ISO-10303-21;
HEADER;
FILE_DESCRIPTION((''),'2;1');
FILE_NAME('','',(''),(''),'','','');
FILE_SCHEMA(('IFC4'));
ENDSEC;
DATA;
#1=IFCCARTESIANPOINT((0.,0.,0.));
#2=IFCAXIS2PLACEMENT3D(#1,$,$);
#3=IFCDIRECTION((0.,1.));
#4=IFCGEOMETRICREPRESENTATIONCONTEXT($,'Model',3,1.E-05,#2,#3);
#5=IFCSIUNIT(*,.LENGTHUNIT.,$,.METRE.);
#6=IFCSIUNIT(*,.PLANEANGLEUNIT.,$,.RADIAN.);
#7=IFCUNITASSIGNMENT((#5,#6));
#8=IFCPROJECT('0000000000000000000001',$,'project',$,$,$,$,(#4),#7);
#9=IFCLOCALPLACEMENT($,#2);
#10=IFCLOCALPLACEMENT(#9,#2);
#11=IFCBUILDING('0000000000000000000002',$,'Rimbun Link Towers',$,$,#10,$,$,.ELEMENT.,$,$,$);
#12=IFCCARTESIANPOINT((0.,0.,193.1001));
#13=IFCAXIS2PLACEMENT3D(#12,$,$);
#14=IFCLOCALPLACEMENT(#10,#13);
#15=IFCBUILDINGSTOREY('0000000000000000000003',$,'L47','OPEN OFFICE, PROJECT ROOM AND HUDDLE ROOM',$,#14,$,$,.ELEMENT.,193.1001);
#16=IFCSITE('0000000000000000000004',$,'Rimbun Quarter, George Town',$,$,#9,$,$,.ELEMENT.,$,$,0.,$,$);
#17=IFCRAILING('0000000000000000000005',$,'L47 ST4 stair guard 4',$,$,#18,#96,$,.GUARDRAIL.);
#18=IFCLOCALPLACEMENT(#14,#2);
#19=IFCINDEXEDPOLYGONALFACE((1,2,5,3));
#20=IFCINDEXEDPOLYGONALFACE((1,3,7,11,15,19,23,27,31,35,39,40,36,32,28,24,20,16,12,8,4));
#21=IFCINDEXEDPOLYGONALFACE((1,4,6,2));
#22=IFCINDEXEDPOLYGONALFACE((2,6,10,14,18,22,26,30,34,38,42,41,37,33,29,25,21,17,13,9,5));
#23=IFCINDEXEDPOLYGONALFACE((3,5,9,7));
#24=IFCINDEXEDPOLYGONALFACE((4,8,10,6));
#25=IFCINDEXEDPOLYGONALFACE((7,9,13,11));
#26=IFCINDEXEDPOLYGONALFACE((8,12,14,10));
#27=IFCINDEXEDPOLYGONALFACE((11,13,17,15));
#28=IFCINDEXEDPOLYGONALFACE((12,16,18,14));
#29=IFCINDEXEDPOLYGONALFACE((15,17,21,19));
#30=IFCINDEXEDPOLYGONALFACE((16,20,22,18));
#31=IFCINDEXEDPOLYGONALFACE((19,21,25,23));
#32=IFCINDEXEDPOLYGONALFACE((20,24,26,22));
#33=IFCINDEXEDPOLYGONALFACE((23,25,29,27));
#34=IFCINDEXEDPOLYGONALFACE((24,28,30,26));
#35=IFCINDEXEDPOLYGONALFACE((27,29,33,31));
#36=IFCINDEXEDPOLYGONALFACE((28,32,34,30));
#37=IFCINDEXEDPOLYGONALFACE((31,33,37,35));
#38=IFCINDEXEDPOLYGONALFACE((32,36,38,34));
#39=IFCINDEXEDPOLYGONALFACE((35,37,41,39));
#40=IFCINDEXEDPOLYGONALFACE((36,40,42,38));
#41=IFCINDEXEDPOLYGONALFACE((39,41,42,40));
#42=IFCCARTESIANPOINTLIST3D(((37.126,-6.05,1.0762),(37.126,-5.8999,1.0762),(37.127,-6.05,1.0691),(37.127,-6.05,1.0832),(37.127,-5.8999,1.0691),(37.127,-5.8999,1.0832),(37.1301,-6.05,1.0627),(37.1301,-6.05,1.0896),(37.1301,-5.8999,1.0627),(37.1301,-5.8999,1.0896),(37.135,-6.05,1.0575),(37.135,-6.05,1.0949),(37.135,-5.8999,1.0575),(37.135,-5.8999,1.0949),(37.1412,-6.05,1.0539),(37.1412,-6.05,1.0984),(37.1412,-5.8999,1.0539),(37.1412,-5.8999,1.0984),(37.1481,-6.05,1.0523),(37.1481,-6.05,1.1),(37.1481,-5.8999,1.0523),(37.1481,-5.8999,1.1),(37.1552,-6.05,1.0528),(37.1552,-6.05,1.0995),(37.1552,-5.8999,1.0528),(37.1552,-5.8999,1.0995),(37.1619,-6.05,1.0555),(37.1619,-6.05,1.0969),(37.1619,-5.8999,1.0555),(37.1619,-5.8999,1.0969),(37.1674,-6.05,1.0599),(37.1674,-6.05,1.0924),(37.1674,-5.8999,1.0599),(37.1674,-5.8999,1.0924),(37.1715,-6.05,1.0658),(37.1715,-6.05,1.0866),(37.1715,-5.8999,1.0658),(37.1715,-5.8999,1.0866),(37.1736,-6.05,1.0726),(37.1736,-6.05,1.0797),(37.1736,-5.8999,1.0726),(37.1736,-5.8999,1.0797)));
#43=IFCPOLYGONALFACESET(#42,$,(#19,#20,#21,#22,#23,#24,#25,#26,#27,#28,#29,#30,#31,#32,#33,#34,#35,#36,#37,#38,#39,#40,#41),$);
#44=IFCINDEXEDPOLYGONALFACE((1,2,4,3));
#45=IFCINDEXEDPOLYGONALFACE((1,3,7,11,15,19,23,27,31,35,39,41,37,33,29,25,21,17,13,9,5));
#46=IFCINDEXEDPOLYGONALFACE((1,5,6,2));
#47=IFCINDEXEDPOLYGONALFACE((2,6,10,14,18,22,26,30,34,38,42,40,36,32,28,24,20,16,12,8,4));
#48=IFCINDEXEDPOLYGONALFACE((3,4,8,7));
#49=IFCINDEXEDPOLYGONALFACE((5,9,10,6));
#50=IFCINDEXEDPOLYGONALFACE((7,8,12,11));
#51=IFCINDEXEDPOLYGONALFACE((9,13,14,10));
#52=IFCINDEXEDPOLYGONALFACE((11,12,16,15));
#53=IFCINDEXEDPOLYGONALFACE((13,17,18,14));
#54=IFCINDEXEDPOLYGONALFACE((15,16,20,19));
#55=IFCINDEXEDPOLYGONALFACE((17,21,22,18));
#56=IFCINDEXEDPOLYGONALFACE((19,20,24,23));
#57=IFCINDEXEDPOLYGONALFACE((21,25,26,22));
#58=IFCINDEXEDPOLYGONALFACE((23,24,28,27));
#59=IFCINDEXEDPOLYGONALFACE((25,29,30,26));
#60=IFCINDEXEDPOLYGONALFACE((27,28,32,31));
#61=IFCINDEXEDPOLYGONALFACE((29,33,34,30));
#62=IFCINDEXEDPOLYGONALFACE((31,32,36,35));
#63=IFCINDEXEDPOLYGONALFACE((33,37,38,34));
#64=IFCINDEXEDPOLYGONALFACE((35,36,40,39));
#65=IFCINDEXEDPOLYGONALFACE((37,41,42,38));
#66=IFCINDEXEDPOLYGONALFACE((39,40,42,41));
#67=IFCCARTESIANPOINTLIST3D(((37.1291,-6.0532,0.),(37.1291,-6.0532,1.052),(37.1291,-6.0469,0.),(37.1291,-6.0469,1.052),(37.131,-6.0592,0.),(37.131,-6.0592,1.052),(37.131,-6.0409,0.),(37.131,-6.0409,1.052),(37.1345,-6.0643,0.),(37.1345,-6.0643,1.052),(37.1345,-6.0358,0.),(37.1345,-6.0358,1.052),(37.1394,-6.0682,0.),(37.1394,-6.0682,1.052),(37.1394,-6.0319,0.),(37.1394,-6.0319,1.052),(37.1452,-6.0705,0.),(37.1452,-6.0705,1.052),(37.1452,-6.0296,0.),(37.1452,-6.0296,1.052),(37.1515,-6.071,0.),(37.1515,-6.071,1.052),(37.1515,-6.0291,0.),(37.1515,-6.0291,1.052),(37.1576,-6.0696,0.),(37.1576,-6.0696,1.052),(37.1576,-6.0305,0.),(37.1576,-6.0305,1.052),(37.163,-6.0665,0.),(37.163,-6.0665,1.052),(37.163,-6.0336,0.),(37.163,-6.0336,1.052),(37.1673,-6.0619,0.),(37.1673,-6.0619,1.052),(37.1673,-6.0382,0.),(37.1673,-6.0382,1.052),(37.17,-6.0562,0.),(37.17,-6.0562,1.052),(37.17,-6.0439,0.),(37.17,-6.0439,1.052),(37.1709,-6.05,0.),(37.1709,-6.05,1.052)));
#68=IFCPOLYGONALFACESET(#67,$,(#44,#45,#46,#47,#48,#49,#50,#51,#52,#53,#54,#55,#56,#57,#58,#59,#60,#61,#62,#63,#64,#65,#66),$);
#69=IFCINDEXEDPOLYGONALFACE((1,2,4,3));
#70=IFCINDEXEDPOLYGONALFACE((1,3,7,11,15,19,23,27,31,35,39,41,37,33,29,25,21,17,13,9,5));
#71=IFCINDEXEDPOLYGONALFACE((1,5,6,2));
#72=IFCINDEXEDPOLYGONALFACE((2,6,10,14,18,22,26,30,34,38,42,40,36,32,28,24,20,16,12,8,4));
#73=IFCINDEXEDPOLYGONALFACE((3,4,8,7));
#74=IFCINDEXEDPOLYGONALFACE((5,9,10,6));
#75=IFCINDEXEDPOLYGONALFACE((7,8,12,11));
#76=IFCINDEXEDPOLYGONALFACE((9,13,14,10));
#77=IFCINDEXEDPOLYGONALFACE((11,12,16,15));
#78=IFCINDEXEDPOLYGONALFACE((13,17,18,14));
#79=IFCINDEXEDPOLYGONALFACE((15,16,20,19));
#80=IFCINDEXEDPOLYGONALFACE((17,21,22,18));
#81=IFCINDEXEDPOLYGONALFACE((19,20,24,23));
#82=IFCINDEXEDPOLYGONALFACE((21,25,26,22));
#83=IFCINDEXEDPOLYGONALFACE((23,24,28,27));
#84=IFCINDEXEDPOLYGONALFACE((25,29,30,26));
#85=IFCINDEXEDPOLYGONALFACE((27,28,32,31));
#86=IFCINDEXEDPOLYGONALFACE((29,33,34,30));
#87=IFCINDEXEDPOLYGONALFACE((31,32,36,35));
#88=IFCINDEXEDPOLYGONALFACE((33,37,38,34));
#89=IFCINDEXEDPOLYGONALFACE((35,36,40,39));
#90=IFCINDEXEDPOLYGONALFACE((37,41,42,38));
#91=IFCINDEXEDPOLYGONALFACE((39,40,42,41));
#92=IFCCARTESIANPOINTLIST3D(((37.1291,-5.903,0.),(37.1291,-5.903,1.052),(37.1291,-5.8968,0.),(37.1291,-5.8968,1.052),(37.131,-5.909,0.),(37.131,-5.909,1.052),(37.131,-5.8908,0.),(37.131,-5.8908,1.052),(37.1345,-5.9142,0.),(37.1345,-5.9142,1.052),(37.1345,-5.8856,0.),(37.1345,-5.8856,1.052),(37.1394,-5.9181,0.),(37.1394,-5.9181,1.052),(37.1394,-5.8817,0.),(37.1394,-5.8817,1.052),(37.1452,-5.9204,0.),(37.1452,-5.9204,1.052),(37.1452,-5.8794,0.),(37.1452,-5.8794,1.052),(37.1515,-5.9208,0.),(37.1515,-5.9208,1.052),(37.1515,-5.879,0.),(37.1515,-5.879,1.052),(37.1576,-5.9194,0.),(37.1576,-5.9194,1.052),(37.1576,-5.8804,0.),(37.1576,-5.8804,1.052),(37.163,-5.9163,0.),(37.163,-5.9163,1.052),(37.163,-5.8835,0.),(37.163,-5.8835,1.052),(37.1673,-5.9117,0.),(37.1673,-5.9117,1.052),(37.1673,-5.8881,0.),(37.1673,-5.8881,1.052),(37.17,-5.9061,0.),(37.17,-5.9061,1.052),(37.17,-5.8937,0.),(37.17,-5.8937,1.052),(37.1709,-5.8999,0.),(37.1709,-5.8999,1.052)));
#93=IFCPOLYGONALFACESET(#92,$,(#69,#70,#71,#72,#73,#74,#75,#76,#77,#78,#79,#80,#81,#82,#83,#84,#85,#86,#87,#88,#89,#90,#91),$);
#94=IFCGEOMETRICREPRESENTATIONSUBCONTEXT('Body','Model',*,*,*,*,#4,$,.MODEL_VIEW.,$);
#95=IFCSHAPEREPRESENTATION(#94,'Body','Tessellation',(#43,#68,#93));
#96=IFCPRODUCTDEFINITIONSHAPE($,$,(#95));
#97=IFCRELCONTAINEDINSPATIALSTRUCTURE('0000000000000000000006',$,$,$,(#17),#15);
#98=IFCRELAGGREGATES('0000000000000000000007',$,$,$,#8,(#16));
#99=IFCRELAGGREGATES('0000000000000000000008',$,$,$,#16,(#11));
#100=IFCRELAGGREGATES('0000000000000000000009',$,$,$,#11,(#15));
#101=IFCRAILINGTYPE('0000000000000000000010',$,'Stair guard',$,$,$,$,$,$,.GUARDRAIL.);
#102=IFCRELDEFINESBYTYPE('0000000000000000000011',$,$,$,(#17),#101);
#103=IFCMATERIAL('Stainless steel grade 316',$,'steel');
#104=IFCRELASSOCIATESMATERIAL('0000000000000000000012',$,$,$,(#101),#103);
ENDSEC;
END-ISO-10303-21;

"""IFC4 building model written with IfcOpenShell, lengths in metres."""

from ifc_helpers import new_model, si_unit, direction, frame, origin, origin_2d, place, context, subcontext, project, spatial, circle, extrude, material, type_object, element, save


model = new_model("IFC4")

# Units and contexts
model_context = context("Model", 3, precision=1e-05, world=origin(), true_north=direction((0.0, 1.0)))
body_context = subcontext(model_context, "Body", "Model", "MODEL_VIEW")
ifc_project = project(units=[si_unit("LENGTHUNIT", "METRE"), si_unit("PLANEANGLEUNIT", "RADIAN")], contexts=[model_context])

# Site, building, storey
site_placement = place(None, origin())
site = spatial("IfcSite", under=ifc_project, at=site_placement, Name="Rimbun Quarter, George Town", CompositionType="ELEMENT", RefElevation=0.0)
building_placement = place(site_placement, origin())
building = spatial("IfcBuilding", under=site, at=building_placement, Name="Rimbun Link Towers", CompositionType="ELEMENT")
storey_placement = place(building_placement, frame((0.0, 0.0, 193.1001)))
storey = spatial("IfcBuildingStorey", under=building, at=storey_placement, Name="L47", Description="OPEN OFFICE, PROJECT ROOM AND HUDDLE ROOM", CompositionType="ELEMENT", Elevation=193.1001)

# Railing
ifc_material_1 = material(Name="Stainless steel grade 316", Category="steel")
railing_type_1 = type_object("IfcRailingType", Name="Stair guard", PredefinedType="GUARDRAIL", material=ifc_material_1)
railing_1_placement = place(storey_placement, frame((37.1499, -6.05, 0.0)))
element("IfcRailing", 1, at=railing_1_placement, inside=storey, type_object=railing_type_1, Name="L47 ST4 stair guard 4", PredefinedType="GUARDRAIL", context=body_context, shape_type="SweptSolid", body=[
    extrude(circle(Radius=0.0239, at=origin_2d()), frame((0.0, 0.0, 1.0762), z_axis=(0.0, 1.0, 0.0), x_axis=(-1.0, 0.0, 0.0)), (0.0, 0.0, 1.0), 0.1501),
    extrude(circle(Radius=0.021, at=origin_2d()), origin(), (0.0, 0.0, 1.0), 1.052),
    extrude(circle(Radius=0.021, at=origin_2d()), frame((0.0, 0.1501, 0.0)), (0.0, 0.0, 1.0), 1.052),
])

save(model, "model.ifc")
